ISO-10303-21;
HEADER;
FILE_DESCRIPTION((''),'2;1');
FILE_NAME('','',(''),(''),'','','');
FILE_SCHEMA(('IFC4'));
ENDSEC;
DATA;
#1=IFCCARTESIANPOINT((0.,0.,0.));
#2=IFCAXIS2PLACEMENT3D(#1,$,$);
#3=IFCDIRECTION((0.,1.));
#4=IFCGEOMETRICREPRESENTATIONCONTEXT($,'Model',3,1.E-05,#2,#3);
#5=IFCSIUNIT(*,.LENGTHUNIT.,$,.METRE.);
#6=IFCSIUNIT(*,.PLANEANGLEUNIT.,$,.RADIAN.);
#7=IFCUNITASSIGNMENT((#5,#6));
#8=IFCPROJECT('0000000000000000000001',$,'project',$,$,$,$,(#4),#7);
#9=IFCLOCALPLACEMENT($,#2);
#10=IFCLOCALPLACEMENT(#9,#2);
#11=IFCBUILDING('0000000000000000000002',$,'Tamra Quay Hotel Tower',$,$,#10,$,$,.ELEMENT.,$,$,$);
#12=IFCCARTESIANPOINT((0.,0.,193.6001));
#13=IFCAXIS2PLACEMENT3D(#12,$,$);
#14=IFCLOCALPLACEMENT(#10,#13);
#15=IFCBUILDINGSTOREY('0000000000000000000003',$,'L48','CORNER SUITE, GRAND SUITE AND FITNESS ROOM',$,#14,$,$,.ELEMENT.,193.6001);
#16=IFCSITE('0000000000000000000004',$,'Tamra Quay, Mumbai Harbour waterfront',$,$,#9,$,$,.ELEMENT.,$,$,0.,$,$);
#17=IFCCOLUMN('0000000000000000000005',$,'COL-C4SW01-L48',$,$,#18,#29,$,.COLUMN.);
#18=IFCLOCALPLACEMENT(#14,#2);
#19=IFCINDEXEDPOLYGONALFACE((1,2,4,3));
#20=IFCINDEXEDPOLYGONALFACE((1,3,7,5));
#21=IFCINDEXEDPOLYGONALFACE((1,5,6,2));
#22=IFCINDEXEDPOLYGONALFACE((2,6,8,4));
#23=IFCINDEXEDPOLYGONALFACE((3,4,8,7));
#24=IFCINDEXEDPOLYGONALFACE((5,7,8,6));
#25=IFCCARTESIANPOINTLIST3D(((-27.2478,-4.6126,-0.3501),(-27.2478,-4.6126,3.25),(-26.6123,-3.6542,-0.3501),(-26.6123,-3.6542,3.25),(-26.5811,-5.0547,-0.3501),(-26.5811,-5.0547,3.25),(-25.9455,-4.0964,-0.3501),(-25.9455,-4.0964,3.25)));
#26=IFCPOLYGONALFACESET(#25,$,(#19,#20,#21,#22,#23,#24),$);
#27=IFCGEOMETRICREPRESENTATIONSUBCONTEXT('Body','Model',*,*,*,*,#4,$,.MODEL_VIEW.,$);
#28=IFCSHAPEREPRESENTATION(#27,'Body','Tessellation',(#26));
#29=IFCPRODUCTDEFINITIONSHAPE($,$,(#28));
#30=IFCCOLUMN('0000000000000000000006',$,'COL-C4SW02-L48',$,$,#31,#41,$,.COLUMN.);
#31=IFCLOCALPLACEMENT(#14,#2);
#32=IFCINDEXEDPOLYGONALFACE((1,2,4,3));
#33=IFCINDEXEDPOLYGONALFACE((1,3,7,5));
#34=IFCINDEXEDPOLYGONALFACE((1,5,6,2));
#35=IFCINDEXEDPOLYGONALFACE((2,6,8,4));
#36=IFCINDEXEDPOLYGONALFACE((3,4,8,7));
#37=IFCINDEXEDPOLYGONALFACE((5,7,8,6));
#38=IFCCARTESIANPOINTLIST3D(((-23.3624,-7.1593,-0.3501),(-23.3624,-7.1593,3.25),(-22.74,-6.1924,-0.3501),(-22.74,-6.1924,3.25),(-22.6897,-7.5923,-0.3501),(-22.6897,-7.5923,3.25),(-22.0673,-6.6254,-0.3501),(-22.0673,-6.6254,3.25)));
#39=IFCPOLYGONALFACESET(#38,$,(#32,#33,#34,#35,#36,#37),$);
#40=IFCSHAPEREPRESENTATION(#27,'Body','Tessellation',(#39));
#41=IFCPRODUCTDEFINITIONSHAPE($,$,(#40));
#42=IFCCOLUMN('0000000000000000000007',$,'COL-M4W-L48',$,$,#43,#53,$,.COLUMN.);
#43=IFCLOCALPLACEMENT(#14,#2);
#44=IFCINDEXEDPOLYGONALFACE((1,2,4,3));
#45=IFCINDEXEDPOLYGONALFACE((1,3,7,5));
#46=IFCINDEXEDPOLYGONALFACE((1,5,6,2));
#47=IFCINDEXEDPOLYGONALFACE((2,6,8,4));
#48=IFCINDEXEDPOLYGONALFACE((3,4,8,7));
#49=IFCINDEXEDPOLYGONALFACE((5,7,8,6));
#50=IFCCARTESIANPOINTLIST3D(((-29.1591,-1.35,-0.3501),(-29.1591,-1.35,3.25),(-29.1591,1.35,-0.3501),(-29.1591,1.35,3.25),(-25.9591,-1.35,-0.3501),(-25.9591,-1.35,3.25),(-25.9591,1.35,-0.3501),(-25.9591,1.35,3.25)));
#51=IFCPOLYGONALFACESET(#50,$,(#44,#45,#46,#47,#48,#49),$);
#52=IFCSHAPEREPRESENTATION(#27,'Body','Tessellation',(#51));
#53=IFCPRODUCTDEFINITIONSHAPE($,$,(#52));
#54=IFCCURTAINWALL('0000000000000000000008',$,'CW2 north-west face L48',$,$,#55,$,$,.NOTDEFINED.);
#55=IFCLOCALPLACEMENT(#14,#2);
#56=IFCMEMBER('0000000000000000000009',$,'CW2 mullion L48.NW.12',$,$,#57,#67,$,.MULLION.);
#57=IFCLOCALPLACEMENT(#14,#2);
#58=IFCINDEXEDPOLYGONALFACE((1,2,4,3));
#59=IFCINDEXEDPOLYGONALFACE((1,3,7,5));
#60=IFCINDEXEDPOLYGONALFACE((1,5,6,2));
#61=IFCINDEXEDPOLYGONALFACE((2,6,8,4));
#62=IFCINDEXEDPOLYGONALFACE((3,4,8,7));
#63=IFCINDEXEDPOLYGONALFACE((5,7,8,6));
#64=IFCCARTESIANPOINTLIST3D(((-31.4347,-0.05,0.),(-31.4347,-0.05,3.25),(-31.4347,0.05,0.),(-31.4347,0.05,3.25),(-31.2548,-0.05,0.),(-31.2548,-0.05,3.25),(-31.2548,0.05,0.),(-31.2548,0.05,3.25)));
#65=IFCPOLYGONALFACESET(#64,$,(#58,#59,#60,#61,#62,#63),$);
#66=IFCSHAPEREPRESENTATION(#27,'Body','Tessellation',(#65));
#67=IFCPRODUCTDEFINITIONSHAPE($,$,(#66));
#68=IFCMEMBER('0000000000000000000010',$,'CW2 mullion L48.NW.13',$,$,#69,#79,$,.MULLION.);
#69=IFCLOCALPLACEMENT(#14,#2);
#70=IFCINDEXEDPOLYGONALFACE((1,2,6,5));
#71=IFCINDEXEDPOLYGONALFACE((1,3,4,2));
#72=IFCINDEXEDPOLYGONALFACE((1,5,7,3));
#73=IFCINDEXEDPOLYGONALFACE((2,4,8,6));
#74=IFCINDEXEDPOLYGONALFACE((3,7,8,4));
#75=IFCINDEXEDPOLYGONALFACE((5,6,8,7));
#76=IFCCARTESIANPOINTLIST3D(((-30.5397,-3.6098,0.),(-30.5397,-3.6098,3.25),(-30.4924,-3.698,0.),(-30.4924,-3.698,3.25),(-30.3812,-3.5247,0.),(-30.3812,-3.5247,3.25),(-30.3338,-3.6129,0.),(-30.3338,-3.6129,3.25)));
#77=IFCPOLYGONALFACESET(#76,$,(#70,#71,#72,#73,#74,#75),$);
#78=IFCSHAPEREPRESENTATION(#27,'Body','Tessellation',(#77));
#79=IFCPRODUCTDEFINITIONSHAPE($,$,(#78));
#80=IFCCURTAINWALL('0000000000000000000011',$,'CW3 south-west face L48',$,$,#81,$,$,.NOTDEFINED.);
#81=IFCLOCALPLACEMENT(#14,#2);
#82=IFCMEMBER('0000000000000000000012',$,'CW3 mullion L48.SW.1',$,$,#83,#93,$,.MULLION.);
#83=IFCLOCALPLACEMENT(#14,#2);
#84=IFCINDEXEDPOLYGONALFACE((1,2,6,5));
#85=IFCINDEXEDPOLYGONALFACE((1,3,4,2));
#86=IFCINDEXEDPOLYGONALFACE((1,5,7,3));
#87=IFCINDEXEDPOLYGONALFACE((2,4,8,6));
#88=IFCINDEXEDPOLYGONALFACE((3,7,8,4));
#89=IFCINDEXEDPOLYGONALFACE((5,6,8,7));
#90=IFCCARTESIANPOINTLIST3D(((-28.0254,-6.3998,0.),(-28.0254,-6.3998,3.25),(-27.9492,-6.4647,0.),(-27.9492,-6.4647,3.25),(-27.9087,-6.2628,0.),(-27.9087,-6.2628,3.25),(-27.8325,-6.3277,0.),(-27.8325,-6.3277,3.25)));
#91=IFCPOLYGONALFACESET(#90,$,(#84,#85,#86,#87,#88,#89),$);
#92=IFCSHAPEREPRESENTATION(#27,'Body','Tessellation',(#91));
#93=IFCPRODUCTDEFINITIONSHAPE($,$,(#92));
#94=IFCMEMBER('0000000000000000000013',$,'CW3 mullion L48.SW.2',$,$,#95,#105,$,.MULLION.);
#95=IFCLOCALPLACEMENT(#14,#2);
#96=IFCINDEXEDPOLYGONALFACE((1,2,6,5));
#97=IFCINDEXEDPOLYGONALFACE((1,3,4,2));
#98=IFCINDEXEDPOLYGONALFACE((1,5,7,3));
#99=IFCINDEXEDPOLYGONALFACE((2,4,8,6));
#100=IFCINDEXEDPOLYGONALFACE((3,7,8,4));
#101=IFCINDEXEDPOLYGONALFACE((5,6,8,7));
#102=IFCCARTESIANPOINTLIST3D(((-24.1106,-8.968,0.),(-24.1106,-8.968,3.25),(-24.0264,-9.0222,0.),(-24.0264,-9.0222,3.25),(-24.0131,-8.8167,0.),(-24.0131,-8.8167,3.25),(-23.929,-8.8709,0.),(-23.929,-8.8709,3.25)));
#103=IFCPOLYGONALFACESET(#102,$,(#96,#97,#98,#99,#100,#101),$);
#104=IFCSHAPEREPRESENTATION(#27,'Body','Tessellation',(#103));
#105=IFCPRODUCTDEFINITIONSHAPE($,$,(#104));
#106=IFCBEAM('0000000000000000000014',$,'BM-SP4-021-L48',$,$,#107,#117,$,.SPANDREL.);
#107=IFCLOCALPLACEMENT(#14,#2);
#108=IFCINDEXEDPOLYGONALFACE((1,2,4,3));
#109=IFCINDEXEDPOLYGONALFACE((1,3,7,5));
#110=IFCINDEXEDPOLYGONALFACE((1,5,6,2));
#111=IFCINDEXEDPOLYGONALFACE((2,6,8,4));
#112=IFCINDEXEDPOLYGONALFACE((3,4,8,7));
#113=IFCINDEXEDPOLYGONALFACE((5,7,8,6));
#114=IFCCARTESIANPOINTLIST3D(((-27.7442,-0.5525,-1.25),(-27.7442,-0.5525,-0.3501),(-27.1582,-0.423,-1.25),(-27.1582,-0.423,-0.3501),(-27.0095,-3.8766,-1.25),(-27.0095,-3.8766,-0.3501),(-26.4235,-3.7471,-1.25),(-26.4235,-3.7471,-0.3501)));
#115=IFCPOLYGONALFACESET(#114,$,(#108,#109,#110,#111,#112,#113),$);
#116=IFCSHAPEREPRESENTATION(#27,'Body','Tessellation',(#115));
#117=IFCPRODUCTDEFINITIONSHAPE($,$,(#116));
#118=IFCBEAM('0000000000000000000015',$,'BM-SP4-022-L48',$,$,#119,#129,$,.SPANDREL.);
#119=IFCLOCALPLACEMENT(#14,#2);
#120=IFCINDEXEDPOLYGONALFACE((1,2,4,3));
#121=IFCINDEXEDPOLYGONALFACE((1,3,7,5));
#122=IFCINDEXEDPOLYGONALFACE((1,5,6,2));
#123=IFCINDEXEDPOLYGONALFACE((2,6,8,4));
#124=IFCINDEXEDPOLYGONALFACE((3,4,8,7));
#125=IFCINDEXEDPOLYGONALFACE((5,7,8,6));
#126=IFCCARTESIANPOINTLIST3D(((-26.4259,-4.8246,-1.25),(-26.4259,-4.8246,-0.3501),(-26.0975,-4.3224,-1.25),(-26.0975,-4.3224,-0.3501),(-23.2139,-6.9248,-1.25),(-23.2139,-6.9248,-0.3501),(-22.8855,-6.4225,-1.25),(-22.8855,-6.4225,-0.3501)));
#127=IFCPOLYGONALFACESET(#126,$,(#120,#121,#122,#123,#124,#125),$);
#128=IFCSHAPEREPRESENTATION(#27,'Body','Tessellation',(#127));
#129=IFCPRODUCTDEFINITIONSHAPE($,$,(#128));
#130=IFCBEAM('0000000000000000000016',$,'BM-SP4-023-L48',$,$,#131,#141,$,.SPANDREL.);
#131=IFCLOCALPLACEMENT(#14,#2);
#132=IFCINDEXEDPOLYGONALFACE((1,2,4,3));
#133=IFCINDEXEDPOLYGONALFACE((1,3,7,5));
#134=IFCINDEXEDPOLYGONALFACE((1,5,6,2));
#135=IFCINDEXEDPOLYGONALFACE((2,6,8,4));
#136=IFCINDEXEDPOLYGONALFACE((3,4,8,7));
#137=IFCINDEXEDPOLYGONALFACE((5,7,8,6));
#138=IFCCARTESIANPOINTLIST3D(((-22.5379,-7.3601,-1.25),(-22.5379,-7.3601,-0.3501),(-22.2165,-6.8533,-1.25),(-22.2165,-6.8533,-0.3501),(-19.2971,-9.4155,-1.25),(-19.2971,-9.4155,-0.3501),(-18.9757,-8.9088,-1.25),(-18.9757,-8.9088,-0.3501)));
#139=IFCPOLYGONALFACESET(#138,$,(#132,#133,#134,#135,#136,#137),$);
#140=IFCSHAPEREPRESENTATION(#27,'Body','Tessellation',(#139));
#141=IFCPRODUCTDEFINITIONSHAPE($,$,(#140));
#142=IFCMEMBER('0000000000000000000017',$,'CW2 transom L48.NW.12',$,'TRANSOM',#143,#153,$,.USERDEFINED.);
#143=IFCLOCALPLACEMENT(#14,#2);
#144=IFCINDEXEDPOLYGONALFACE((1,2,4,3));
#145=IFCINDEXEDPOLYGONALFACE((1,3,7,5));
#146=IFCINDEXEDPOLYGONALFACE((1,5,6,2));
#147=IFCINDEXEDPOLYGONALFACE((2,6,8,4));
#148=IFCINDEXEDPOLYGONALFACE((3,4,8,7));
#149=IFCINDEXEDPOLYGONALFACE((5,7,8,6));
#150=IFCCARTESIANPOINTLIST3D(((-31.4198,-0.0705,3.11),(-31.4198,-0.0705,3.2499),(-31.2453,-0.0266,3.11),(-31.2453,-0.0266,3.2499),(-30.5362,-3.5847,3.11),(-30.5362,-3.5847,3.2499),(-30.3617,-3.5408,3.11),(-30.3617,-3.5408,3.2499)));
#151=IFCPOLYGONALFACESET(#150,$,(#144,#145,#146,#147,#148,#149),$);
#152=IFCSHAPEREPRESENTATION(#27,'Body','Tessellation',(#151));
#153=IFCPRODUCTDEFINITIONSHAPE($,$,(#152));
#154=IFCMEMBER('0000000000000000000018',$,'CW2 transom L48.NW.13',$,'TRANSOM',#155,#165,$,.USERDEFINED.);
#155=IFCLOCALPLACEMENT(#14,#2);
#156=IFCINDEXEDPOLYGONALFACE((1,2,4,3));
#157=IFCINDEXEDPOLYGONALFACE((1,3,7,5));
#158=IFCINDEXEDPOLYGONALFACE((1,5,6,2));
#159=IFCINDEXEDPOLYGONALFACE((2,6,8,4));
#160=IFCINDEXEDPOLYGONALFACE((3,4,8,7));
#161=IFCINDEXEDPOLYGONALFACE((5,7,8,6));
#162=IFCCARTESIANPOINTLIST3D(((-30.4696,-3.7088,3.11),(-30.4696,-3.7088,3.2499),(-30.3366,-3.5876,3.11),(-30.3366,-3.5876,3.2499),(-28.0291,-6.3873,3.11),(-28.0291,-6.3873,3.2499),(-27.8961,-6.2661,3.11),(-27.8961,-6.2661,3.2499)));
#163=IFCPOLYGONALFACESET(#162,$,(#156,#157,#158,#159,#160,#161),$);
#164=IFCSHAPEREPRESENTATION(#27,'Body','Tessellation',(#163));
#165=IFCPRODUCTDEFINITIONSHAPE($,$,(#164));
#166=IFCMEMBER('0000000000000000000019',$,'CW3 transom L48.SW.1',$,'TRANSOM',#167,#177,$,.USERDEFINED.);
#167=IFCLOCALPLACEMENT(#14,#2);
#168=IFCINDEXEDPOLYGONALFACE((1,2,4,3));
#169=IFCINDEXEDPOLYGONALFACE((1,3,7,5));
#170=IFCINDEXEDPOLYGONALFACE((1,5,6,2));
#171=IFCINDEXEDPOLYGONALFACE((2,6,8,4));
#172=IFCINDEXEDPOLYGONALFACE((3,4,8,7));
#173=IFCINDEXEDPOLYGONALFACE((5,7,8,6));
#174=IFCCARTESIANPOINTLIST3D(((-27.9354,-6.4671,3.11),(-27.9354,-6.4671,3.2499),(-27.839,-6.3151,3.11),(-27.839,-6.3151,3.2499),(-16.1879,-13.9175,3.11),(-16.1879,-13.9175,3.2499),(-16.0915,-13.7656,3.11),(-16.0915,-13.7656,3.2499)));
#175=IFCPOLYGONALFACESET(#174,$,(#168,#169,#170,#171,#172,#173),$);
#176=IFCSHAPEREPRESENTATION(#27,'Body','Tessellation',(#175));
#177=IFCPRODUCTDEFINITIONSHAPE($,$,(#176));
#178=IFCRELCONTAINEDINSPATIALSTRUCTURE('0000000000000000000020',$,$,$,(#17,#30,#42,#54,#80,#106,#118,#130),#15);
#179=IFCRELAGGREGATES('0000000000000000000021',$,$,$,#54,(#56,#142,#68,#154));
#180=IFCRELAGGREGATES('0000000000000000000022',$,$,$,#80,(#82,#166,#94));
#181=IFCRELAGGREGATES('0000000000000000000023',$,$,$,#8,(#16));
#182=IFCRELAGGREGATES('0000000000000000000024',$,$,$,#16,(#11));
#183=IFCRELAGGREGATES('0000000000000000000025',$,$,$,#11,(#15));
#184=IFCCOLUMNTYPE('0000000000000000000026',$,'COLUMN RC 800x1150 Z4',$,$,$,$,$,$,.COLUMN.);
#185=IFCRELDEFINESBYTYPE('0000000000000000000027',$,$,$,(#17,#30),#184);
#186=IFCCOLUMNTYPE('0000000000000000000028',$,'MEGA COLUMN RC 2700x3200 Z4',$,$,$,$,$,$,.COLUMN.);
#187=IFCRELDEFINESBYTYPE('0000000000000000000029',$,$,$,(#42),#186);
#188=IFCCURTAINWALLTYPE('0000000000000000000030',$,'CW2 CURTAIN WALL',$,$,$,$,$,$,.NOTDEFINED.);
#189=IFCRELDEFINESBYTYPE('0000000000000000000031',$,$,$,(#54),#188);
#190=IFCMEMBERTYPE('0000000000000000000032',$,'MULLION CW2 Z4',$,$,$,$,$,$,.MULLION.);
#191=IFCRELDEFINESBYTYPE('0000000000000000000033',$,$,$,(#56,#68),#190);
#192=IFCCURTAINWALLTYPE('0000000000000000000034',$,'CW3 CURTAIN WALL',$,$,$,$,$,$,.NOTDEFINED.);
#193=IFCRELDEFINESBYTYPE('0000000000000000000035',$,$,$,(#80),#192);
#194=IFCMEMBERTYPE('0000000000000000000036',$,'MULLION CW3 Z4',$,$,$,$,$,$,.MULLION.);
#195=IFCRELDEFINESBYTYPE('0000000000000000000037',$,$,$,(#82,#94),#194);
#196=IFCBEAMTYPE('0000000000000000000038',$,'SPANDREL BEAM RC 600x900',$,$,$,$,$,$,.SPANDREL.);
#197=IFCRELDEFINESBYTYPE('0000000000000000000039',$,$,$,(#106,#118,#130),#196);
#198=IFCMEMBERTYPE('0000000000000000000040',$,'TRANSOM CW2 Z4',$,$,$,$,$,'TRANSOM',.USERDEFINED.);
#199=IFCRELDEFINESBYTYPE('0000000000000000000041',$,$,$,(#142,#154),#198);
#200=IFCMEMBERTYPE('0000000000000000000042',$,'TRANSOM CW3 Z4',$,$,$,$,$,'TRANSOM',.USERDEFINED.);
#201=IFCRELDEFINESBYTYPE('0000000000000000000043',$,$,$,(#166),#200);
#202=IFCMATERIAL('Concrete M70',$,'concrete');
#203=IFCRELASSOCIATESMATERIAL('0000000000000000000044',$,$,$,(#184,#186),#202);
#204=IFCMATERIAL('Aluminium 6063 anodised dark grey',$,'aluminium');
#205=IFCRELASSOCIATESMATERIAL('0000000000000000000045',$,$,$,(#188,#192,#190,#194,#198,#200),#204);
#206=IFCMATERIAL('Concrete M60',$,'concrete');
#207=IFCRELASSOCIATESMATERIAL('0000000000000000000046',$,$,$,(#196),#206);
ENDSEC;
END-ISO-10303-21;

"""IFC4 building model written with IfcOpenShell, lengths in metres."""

from ifc_helpers import new_model, si_unit, direction, frame, origin, origin_2d, place, context, subcontext, project, spatial, rectangle, extrude, material, material_profile, profile_set, type_object, element, aggregate, save


model = new_model("IFC4")

# Units and contexts
model_context = context("Model", 3, precision=1e-05, world=origin(), true_north=direction((0.0, 1.0)))
body_context = subcontext(model_context, "Body", "Model", "MODEL_VIEW")
ifc_project = project(units=[si_unit("LENGTHUNIT", "METRE"), si_unit("PLANEANGLEUNIT", "RADIAN")], contexts=[model_context])

# Site, building, storey
site_placement = place(None, origin())
site = spatial("IfcSite", under=ifc_project, at=site_placement, Name="Tamra Quay, Mumbai Harbour waterfront", CompositionType="ELEMENT", RefElevation=0.0)
building_placement = place(site_placement, origin())
building = spatial("IfcBuilding", under=site, at=building_placement, Name="Tamra Quay Hotel Tower", CompositionType="ELEMENT")
storey_placement = place(building_placement, frame((0.0, 0.0, 193.6001)))
storey = spatial("IfcBuildingStorey", under=building, at=storey_placement, Name="L48", Description="CORNER SUITE, GRAND SUITE AND FITNESS ROOM", CompositionType="ELEMENT", Elevation=193.6001)

# Columns
ifc_material_1 = material(Name="Concrete M70", Category="concrete")
ifc_material_profile_1 = material_profile(ifc_material_1, rectangle(XDim=1.1499, YDim=0.8, at=origin_2d()), Name="COLUMN RC 800x1150 Z4")
ifc_profile_set_1 = profile_set([ifc_material_profile_1], Name="Concrete M70")
column_type_1 = type_object("IfcColumnType", Name="COLUMN RC 800x1150 Z4", PredefinedType="COLUMN", material=ifc_profile_set_1)
for number, where, z_axis, x_axis, name in (
    (1, (-26.5967, -4.3545, -0.3501), (0.0, 0.0, 1.0), (0.552666, 0.833403, 0.0), "COL-C4SW01-L48"),
    (2, (-22.7148, -6.8923, -0.3501), (0.0, 0.0, 1.0), (0.541283, 0.840841, 0.0), "COL-C4SW02-L48"),
):
    element("IfcColumn", number, at=place(storey_placement, frame(where, z_axis=z_axis, x_axis=x_axis)), inside=storey, type_object=column_type_1, Name=name, PredefinedType="COLUMN", context=body_context, shape_type="SweptSolid", body=[
        extrude(rectangle(XDim=1.1499, YDim=0.8, at=origin_2d()), origin(), (0.0, 0.0, 1.0), 3.6001),
    ])
ifc_material_profile_2 = material_profile(ifc_material_1, rectangle(XDim=3.2, YDim=2.7, at=origin_2d()), Name="MEGA COLUMN RC 2700x3200 Z4")
ifc_profile_set_2 = profile_set([ifc_material_profile_2], Name="Concrete M70")
column_type_2 = type_object("IfcColumnType", Name="MEGA COLUMN RC 2700x3200 Z4", PredefinedType="COLUMN", material=ifc_profile_set_2)
column_placement = place(storey_placement, frame((-27.5591, 0.0, -0.3501), z_axis=(0.0, 0.0, 1.0), x_axis=(1.0, 0.0, 0.0)))
element("IfcColumn", 3, at=column_placement, inside=storey, type_object=column_type_2, Name="COL-M4W-L48", PredefinedType="COLUMN", context=body_context, shape_type="SweptSolid", body=[
    extrude(rectangle(XDim=3.2, YDim=2.7, at=origin_2d()), origin(), (0.0, 0.0, 1.0), 3.6001),
])

# Curtain walls, members
ifc_material_2 = material(Name="Aluminium 6063 anodised dark grey", Category="aluminium")
curtain_wall_type_1 = type_object("IfcCurtainWallType", Name="CW2 CURTAIN WALL", PredefinedType="NOTDEFINED", material=ifc_material_2)
curtain_wall_1_placement = place(storey_placement, origin())
curtain_wall_1 = element("IfcCurtainWall", 4, at=curtain_wall_1_placement, inside=storey, type_object=curtain_wall_type_1, Name="CW2 north-west face L48", PredefinedType="NOTDEFINED")
ifc_material_profile_3 = material_profile(ifc_material_2, rectangle(XDim=0.1799, YDim=0.1001, at=origin_2d()), Name="MULLION 100X180")
ifc_profile_set_3 = profile_set([ifc_material_profile_3], Name="Aluminium 6063 anodised dark grey")
member_type_1 = type_object("IfcMemberType", Name="MULLION CW2 Z4", PredefinedType="MULLION", material=ifc_profile_set_3)
member_1_placement = place(storey_placement, frame((-31.3447, 0.0, 0.0), z_axis=(0.0, 0.0, 1.0), x_axis=(-1.0, 0.0, 0.0)))
member_1 = element("IfcMember", 5, at=member_1_placement, type_object=member_type_1, Name="CW2 mullion L48.NW.12", PredefinedType="MULLION", context=body_context, shape_type="SweptSolid", body=[
    extrude(rectangle(XDim=0.1799, YDim=0.1001, at=origin_2d()), origin(), (0.0, 0.0, 1.0), 3.25),
])
member_2_placement = place(storey_placement, frame((-30.4368, -3.6113, 0.0), z_axis=(0.0, 0.0, 1.0), x_axis=(-0.881098, -0.472935, 0.0)))
member_2 = element("IfcMember", 6, at=member_2_placement, type_object=member_type_1, Name="CW2 mullion L48.NW.13", PredefinedType="MULLION", context=body_context, shape_type="SweptSolid", body=[
    extrude(rectangle(XDim=0.1799, YDim=0.1001, at=origin_2d()), origin(), (0.0, 0.0, 1.0), 3.25),
])
curtain_wall_type_2 = type_object("IfcCurtainWallType", Name="CW3 CURTAIN WALL", PredefinedType="NOTDEFINED", material=ifc_material_2)
curtain_wall_2_placement = place(storey_placement, origin())
curtain_wall_2 = element("IfcCurtainWall", 7, at=curtain_wall_2_placement, inside=storey, type_object=curtain_wall_type_2, Name="CW3 south-west face L48", PredefinedType="NOTDEFINED")
ifc_material_profile_4 = material_profile(ifc_material_2, rectangle(XDim=0.1799, YDim=0.1001, at=origin_2d()), Name="MULLION 100X180")
ifc_profile_set_4 = profile_set([ifc_material_profile_4], Name="Aluminium 6063 anodised dark grey")
member_type_2 = type_object("IfcMemberType", Name="MULLION CW3 Z4", PredefinedType="MULLION", material=ifc_profile_set_4)
member_3_placement = place(storey_placement, frame((-27.929, -6.3638, 0.0), z_axis=(0.0, 0.0, 1.0), x_axis=(-0.648381, -0.761316, 0.0)))
member_3 = element("IfcMember", 8, at=member_3_placement, type_object=member_type_2, Name="CW3 mullion L48.SW.1", PredefinedType="MULLION", context=body_context, shape_type="SweptSolid", body=[
    extrude(rectangle(XDim=0.1799, YDim=0.1001, at=origin_2d()), origin(), (0.0, 0.0, 1.0), 3.25),
])
member_4_placement = place(storey_placement, frame((-24.0198, -8.9194, 0.0), z_axis=(0.0, 0.0, 1.0), x_axis=(-0.541421, -0.840751, 0.0)))
member_4 = element("IfcMember", 9, at=member_4_placement, type_object=member_type_2, Name="CW3 mullion L48.SW.2", PredefinedType="MULLION", context=body_context, shape_type="SweptSolid", body=[
    extrude(rectangle(XDim=0.1799, YDim=0.1001, at=origin_2d()), origin(), (0.0, 0.0, 1.0), 3.25),
])

# Beams
ifc_material_3 = material(Name="Concrete M60", Category="concrete")
ifc_material_profile_5 = material_profile(ifc_material_3, rectangle(XDim=0.6001, YDim=0.8999, at=origin_2d()), Name="SPANDREL BEAM RC 600x900")
ifc_profile_set_5 = profile_set([ifc_material_profile_5], Name="Concrete M60")
beam_type = type_object("IfcBeamType", Name="SPANDREL BEAM RC 600x900", PredefinedType="SPANDREL", material=ifc_profile_set_5)
beam_placement = place(storey_placement, frame((-27.4512, -0.4878, -0.8), z_axis=(0.215799, -0.976438, 0.0), x_axis=(0.976438, 0.215799, 0.0)))
element("IfcBeam", 10, at=beam_placement, inside=storey, type_object=beam_type, Name="BM-SP4-021-L48", PredefinedType="SPANDREL", context=body_context, shape_type="SweptSolid", body=[
    extrude(rectangle(XDim=0.6001, YDim=0.8999, at=origin_2d()), origin(), (0.0, 0.0, 1.0), 3.4043),
])
for number, where, z_axis, x_axis, name in (
    (11, (-26.2617, -4.5735, -0.8), (0.83697, -0.547249, 0.0), (0.547249, 0.83697, 0.0), "BM-SP4-022-L48"),
    (12, (-22.3772, -7.1067, -0.8), (0.84447, -0.535603, 0.0), (0.535603, 0.84447, 0.0), "BM-SP4-023-L48"),
):
    element("IfcBeam", number, at=place(storey_placement, frame(where, z_axis=z_axis, x_axis=x_axis)), inside=storey, type_object=beam_type, Name=name, PredefinedType="SPANDREL", context=body_context, shape_type="SweptSolid", body=[
        extrude(rectangle(XDim=0.6001, YDim=0.8999, at=origin_2d()), origin(), (0.0, 0.0, 1.0), 3.8376),
    ])

# Members
ifc_material_profile_6 = material_profile(ifc_material_2, rectangle(XDim=0.1799, YDim=0.1399, at=origin_2d()), Name="TRANSOM 180X140")
ifc_profile_set_6 = profile_set([ifc_material_profile_6], Name="Aluminium 6063 anodised dark grey")
member_type_3 = type_object("IfcMemberType", Name="TRANSOM CW2 Z4", ElementType="TRANSOM", PredefinedType="USERDEFINED", material=ifc_profile_set_6)
member_5_placement = place(storey_placement, frame((-31.3325, -0.0486, 3.1799), z_axis=(0.243835, -0.969817, 0.0), x_axis=(0.969817, 0.243835, 0.0)))
member_5 = element("IfcMember", 13, at=member_5_placement, type_object=member_type_3, Name="CW2 transom L48.NW.12", ObjectType="TRANSOM", PredefinedType="USERDEFINED", context=body_context, shape_type="SweptSolid", body=[
    extrude(rectangle(XDim=0.1799, YDim=0.1399, at=origin_2d()), origin(), (0.0, 0.0, 1.0), 3.6235),
])
member_6_placement = place(storey_placement, frame((-30.4031, -3.6482, 3.1799), z_axis=(0.673497, -0.73919, 0.0), x_axis=(0.73919, 0.673497, 0.0)))
member_6 = element("IfcMember", 14, at=member_6_placement, type_object=member_type_3, Name="CW2 transom L48.NW.13", ObjectType="TRANSOM", PredefinedType="USERDEFINED", context=body_context, shape_type="SweptSolid", body=[
    extrude(rectangle(XDim=0.1799, YDim=0.1399, at=origin_2d()), origin(), (0.0, 0.0, 1.0), 3.6235),
])
ifc_material_profile_7 = material_profile(ifc_material_2, rectangle(XDim=0.1799, YDim=0.1399, at=origin_2d()), Name="TRANSOM 180X140")
ifc_profile_set_7 = profile_set([ifc_material_profile_7], Name="Aluminium 6063 anodised dark grey")
member_type_4 = type_object("IfcMemberType", Name="TRANSOM CW3 Z4", ElementType="TRANSOM", PredefinedType="USERDEFINED", material=ifc_profile_set_7)
member_7_placement = place(storey_placement, frame((-27.8872, -6.3911, 3.1799), z_axis=(0.844484, -0.535581, 0.0), x_axis=(0.535581, 0.844484, 0.0)))
member_7 = element("IfcMember", 15, at=member_7_placement, type_object=member_type_4, Name="CW3 transom L48.SW.1", ObjectType="TRANSOM", PredefinedType="USERDEFINED", context=body_context, shape_type="SweptSolid", body=[
    extrude(rectangle(XDim=0.1799, YDim=0.1399, at=origin_2d()), origin(), (0.0, 0.0, 1.0), 13.9109),
])

aggregate(curtain_wall_1, [member_1, member_5, member_2, member_6])
aggregate(curtain_wall_2, [member_3, member_7, member_4])

save(model, "model.ifc")
